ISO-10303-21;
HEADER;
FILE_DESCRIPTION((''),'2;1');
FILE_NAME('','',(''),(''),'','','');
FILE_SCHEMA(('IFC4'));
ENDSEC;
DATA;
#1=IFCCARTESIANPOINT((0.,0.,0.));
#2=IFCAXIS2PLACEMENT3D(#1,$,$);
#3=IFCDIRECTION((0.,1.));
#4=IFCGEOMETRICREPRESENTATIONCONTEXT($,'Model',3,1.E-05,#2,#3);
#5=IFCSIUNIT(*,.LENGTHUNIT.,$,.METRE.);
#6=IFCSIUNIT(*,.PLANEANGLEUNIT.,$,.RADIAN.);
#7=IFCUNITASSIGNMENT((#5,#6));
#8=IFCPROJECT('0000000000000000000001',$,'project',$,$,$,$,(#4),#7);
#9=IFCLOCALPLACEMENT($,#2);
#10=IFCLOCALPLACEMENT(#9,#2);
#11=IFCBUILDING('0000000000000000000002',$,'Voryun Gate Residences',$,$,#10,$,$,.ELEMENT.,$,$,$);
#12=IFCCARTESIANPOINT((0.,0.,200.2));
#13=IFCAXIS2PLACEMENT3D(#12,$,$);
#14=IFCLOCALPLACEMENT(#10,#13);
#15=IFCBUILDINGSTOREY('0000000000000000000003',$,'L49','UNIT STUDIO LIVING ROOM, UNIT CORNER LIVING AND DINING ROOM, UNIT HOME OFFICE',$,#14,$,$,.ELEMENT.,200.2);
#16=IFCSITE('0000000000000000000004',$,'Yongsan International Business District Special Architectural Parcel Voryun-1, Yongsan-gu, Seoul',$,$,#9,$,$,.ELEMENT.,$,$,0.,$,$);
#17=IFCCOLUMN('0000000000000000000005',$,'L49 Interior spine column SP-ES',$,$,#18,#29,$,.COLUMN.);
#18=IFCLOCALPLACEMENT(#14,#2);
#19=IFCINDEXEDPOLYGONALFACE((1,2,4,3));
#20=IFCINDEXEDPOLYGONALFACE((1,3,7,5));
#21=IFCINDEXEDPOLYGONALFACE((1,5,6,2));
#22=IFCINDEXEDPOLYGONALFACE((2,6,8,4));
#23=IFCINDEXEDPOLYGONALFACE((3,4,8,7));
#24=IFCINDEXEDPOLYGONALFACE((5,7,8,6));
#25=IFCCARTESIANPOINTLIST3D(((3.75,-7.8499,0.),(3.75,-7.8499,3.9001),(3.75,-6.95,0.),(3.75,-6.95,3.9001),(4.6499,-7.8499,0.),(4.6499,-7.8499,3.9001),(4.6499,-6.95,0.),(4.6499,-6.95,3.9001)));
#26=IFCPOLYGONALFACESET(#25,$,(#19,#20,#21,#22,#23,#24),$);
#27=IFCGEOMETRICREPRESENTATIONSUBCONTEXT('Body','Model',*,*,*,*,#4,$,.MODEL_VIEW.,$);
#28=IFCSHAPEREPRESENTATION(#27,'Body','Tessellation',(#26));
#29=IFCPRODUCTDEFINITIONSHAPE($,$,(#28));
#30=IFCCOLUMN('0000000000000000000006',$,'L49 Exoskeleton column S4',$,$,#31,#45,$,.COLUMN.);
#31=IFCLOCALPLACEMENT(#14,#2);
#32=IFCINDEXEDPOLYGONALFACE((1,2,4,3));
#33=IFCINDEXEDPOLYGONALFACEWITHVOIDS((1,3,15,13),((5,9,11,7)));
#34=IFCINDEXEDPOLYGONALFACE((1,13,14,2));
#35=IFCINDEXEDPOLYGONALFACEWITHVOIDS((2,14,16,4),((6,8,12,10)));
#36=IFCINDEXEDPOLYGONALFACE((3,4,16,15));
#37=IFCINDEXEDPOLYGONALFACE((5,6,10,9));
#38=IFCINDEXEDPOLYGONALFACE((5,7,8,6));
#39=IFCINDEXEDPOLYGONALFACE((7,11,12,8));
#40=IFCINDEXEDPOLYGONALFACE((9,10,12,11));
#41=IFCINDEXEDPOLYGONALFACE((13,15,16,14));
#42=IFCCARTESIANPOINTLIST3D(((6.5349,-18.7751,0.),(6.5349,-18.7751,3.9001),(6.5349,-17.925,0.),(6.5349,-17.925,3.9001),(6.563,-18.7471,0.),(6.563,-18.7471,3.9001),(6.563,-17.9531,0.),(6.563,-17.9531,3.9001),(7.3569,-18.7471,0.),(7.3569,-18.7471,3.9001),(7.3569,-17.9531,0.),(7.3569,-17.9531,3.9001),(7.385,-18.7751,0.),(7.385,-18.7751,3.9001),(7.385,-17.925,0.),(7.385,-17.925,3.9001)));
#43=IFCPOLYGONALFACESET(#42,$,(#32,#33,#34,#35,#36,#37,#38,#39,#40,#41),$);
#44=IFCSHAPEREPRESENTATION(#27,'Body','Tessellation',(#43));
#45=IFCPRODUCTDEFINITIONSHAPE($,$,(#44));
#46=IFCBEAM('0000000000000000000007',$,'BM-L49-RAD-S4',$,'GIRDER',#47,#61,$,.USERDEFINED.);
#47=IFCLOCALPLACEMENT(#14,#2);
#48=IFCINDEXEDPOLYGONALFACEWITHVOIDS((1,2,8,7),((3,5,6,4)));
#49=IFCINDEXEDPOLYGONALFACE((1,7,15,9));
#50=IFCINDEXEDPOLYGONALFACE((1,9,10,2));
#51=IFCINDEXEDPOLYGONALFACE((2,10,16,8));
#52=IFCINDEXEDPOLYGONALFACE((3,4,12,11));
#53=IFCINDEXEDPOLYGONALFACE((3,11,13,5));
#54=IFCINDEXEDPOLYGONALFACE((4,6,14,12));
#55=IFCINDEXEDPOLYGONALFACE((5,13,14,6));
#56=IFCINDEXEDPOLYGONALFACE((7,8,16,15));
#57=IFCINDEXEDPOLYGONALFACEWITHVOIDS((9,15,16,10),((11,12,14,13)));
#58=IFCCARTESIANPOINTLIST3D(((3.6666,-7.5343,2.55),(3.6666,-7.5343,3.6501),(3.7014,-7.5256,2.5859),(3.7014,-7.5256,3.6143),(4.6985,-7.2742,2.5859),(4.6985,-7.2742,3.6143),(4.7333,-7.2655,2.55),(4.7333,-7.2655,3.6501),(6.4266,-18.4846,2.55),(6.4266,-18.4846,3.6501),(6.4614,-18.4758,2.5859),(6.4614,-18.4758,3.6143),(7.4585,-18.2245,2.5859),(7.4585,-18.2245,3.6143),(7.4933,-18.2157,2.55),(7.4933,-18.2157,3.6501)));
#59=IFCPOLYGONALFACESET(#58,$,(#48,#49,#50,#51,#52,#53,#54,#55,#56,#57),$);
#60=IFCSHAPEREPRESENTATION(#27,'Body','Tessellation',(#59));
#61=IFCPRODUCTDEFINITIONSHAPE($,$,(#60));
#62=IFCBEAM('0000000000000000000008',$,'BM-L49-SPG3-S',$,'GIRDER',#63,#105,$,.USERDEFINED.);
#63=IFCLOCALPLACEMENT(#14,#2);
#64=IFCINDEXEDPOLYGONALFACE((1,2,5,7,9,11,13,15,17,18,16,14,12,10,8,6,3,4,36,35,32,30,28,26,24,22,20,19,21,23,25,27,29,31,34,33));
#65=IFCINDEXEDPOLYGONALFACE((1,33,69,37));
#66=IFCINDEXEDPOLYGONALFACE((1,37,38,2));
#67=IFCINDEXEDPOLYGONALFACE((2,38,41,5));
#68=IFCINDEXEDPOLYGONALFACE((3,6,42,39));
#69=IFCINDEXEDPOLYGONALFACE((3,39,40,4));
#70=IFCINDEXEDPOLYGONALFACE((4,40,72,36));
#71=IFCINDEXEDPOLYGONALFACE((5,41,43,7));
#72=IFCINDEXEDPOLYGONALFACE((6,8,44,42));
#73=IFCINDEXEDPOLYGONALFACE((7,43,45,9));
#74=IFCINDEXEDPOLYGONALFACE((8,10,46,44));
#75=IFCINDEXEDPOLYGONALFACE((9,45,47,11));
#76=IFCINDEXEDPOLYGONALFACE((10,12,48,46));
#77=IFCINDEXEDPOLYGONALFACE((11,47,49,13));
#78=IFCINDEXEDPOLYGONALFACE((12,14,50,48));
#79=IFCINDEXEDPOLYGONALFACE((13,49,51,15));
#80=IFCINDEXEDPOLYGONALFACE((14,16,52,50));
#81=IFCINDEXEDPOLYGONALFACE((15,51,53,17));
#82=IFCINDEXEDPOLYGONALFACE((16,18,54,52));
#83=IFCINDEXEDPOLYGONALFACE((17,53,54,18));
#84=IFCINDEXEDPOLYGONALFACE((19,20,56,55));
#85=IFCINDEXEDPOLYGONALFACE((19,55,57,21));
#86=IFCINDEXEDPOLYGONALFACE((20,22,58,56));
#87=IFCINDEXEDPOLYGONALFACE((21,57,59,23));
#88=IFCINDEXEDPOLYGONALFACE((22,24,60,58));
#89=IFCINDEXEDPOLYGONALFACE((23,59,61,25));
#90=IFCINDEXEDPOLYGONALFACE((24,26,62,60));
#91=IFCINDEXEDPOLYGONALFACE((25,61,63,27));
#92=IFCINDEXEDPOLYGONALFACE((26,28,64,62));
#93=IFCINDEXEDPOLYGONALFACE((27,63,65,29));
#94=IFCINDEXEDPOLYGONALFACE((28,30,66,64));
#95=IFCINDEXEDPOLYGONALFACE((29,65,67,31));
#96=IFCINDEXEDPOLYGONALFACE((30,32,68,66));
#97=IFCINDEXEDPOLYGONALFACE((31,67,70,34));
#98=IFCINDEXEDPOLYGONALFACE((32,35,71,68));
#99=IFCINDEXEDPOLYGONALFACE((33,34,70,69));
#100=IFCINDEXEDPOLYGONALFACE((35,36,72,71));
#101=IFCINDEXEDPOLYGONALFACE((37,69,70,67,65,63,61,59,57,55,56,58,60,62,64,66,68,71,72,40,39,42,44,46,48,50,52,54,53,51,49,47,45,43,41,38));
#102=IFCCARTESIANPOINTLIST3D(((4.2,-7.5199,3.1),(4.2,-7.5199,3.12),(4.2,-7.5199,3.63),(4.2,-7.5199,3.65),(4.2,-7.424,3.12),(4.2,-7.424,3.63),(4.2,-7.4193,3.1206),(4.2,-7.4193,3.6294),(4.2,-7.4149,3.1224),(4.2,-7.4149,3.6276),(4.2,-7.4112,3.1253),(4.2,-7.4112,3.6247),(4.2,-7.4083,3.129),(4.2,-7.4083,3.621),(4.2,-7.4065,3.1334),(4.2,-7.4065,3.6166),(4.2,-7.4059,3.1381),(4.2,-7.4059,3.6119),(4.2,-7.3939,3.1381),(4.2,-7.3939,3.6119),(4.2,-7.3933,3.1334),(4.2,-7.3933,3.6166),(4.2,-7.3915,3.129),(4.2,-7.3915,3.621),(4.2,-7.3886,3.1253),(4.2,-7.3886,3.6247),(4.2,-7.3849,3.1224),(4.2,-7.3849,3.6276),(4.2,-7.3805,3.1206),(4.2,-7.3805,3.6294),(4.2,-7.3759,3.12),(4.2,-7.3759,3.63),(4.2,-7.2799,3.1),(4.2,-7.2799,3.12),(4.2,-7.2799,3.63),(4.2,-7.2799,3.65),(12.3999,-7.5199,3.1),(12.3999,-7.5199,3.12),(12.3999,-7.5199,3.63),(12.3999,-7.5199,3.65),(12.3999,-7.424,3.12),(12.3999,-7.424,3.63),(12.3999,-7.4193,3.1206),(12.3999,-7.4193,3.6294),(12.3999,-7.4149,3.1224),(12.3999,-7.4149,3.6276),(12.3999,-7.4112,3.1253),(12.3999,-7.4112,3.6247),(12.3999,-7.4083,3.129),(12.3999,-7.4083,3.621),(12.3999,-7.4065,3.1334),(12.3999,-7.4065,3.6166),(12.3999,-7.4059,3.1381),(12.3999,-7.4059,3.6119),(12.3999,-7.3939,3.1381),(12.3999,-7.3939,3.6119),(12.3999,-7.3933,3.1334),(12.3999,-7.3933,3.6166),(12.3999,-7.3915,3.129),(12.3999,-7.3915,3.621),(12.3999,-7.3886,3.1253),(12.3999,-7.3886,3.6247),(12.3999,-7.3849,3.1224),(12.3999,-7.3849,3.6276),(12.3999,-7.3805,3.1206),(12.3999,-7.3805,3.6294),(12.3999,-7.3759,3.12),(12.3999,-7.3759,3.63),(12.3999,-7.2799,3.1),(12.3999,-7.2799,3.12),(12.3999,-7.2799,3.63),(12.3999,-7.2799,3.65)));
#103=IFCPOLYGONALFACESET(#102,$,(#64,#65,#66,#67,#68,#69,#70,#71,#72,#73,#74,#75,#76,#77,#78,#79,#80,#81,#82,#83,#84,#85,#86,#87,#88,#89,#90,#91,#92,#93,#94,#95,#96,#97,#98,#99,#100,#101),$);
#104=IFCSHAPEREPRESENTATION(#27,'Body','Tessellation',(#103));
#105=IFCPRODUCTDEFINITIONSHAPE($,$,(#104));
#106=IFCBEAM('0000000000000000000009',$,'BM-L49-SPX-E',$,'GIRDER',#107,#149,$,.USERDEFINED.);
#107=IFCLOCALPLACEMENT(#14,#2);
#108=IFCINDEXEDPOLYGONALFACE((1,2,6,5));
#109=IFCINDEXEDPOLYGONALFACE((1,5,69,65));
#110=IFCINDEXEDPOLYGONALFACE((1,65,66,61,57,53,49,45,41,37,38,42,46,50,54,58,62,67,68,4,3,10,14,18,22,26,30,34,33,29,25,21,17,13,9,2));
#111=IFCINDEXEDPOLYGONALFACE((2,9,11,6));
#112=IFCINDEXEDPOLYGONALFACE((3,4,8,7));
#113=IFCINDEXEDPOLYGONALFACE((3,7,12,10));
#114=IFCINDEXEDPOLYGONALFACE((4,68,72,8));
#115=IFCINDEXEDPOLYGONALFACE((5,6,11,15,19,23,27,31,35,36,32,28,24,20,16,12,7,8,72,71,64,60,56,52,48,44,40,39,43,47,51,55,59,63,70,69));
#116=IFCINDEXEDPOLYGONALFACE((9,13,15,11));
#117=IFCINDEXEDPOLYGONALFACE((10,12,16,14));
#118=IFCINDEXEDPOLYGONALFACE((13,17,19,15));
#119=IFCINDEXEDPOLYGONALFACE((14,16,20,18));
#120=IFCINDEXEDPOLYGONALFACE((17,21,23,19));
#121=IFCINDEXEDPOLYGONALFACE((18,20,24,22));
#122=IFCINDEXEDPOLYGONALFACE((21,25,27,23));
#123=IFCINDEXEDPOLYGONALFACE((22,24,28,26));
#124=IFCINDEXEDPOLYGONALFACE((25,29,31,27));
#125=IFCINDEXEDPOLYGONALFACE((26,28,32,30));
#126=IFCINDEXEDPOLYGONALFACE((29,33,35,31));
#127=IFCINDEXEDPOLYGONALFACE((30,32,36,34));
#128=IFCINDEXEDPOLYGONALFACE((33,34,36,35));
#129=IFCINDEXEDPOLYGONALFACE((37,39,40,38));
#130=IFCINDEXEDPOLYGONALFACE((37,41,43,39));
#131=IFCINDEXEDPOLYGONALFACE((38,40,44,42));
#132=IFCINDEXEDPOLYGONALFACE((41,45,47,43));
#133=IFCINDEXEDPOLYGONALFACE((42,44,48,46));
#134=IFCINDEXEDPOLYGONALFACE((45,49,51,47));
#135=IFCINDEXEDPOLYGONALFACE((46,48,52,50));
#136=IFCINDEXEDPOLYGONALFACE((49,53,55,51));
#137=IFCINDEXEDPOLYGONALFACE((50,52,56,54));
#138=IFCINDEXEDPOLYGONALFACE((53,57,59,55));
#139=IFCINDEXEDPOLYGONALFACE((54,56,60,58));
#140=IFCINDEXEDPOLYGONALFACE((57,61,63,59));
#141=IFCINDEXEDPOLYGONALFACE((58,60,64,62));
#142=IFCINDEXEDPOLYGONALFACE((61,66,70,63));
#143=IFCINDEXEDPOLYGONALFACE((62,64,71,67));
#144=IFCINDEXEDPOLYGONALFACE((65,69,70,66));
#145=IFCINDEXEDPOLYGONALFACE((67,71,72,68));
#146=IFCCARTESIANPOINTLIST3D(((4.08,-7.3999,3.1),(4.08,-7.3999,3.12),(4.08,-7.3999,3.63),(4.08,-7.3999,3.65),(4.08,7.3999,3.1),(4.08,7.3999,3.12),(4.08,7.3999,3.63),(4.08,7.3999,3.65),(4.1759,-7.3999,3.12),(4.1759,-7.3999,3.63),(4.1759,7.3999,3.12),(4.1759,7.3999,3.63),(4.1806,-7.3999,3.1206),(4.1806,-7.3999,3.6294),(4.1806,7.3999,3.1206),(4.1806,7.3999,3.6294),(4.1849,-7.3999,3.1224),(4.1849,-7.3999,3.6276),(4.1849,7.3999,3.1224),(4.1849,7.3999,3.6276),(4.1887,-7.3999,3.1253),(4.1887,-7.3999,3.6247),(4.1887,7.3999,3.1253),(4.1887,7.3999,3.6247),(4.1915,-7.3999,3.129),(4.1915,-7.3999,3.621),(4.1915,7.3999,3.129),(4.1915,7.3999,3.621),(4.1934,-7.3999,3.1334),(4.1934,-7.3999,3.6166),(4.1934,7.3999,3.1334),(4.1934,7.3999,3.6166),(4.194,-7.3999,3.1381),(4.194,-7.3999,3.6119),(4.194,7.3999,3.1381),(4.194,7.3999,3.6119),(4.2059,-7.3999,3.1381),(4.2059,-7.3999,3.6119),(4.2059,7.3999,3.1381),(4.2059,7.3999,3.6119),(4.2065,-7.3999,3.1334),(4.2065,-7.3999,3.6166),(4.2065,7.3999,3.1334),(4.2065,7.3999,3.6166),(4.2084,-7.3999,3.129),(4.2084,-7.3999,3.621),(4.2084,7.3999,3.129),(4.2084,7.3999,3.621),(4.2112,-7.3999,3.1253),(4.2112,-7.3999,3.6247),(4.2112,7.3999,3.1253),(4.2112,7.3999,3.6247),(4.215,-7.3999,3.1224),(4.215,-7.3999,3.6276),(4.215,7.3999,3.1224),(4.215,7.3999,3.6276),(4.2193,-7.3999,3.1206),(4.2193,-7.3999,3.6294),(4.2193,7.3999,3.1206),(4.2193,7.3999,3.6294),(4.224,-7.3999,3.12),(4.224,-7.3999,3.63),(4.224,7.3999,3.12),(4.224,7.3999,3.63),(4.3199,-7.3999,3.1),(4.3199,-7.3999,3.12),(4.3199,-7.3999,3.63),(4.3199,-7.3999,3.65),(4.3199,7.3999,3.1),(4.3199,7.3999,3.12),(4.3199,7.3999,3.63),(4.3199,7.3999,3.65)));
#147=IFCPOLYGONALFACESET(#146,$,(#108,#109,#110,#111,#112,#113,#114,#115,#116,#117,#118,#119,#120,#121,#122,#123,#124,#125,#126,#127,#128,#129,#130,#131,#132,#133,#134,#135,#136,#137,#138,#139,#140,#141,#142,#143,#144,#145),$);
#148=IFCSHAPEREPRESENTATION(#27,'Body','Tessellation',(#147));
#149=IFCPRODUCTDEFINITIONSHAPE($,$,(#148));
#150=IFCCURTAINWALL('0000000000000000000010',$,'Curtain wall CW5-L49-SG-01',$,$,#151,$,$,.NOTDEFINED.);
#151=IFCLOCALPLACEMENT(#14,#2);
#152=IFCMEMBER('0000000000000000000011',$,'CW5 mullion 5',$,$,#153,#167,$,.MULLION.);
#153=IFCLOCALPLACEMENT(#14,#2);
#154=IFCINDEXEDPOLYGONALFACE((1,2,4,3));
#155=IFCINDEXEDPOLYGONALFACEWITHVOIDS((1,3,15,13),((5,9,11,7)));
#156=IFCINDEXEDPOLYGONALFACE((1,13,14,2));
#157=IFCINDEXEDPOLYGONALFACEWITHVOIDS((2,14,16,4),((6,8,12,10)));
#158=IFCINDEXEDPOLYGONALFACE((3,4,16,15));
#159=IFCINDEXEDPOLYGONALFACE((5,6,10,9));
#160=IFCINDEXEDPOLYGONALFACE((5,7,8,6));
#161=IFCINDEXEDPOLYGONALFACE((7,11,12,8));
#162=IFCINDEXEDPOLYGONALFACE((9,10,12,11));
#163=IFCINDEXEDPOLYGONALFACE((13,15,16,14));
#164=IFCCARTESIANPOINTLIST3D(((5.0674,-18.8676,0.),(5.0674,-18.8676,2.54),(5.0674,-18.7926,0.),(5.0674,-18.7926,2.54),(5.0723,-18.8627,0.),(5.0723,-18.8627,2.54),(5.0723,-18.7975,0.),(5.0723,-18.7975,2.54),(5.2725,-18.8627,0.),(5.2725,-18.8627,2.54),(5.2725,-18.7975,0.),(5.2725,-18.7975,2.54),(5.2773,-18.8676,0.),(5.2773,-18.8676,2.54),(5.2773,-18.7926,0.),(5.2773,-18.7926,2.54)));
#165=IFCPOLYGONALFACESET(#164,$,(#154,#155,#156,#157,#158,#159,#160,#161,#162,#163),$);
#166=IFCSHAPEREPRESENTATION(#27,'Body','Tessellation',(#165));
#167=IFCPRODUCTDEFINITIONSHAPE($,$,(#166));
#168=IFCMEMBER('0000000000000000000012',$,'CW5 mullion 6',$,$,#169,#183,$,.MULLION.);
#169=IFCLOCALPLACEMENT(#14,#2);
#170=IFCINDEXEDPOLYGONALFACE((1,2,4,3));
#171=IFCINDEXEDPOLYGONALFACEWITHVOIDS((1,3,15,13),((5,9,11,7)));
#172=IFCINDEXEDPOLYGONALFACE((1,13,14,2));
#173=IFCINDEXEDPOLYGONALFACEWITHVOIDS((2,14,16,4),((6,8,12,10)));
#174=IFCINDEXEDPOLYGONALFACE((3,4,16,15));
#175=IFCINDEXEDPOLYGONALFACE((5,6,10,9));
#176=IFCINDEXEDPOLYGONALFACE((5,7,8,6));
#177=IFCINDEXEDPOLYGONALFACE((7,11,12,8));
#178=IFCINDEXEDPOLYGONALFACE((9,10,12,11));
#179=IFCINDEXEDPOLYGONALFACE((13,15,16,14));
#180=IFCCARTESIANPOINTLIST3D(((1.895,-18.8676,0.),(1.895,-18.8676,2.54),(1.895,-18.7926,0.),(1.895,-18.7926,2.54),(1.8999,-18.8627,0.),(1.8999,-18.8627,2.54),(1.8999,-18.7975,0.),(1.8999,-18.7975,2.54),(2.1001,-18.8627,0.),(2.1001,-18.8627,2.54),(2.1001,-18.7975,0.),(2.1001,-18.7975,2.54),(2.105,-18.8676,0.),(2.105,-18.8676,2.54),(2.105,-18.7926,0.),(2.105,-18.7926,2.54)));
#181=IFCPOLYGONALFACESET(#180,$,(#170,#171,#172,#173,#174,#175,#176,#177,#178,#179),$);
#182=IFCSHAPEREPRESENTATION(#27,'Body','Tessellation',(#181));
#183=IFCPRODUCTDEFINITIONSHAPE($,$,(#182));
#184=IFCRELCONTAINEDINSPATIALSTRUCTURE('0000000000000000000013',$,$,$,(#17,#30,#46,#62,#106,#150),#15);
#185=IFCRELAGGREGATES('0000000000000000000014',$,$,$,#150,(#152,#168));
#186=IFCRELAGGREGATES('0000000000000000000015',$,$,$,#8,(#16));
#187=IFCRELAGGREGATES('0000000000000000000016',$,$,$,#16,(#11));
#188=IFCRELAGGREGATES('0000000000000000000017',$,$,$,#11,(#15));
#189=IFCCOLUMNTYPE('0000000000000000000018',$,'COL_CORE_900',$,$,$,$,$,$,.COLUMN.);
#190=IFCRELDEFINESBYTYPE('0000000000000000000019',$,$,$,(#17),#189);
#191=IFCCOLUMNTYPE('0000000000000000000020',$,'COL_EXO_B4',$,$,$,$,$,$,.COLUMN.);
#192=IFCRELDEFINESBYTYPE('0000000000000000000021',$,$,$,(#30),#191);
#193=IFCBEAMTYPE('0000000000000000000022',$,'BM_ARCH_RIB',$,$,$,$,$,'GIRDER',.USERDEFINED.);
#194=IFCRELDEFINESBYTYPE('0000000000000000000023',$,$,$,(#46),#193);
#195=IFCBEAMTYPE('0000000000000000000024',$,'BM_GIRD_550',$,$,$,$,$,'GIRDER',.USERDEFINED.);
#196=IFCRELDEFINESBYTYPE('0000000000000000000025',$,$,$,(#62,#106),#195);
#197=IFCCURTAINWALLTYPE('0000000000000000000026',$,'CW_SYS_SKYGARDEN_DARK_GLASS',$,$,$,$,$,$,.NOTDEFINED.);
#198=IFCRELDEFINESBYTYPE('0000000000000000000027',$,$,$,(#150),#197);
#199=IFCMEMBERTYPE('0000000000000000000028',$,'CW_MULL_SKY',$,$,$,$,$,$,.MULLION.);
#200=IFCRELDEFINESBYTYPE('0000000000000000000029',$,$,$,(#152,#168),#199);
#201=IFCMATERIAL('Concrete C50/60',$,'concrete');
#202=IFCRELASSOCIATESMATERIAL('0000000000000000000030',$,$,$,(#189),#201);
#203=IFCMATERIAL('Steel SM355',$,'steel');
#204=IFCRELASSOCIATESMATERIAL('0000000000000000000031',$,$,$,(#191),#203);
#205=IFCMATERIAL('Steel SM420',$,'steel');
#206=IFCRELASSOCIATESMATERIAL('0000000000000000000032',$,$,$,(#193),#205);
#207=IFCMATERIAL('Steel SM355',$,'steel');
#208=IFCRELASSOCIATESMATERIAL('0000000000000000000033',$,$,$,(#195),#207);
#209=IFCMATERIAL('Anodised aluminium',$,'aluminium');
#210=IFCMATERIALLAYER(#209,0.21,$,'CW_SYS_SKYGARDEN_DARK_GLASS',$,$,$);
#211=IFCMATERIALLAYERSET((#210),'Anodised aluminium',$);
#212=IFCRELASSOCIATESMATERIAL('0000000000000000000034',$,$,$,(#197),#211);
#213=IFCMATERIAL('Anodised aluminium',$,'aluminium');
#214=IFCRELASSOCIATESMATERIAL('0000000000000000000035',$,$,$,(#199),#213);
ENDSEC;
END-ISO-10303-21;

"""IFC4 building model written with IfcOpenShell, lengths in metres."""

from ifc_helpers import new_model, si_unit, direction, frame, origin, origin_2d, place, context, subcontext, project, spatial, rectangle, hollow_rectangle, i_section, extrude, material, layer, layer_set, material_profile, profile_set, type_object, element, aggregate, save


model = new_model("IFC4")

# Units and contexts
model_context = context("Model", 3, precision=1e-05, world=origin(), true_north=direction((0.0, 1.0)))
body_context = subcontext(model_context, "Body", "Model", "MODEL_VIEW")
ifc_project = project(units=[si_unit("LENGTHUNIT", "METRE"), si_unit("PLANEANGLEUNIT", "RADIAN")], contexts=[model_context])

# Site, building, storey
site_placement = place(None, origin())
site = spatial("IfcSite", under=ifc_project, at=site_placement, Name="Yongsan International Business District Special Architectural Parcel Voryun-1, Yongsan-gu, Seoul", CompositionType="ELEMENT", RefElevation=0.0)
building_placement = place(site_placement, origin())
building = spatial("IfcBuilding", under=site, at=building_placement, Name="Voryun Gate Residences", CompositionType="ELEMENT")
storey_placement = place(building_placement, frame((0.0, 0.0, 200.2)))
storey = spatial("IfcBuildingStorey", under=building, at=storey_placement, Name="L49", Description="UNIT STUDIO LIVING ROOM, UNIT CORNER LIVING AND DINING ROOM, UNIT HOME OFFICE", CompositionType="ELEMENT", Elevation=200.2)

# Columns
ifc_material_1 = material(Name="Concrete C50/60", Category="concrete")
ifc_material_profile_1 = material_profile(ifc_material_1, rectangle(XDim=0.8999, YDim=0.8999, at=origin_2d()), Name="RC-900x900")
ifc_profile_set_1 = profile_set([ifc_material_profile_1], Name="Concrete C50/60")
column_type_1 = type_object("IfcColumnType", Name="COL_CORE_900", PredefinedType="COLUMN", material=ifc_profile_set_1)
column_1_placement = place(storey_placement, frame((4.2, -7.3999, 0.0), z_axis=(0.0, 0.0, 1.0), x_axis=(1.0, 0.0, 0.0)))
element("IfcColumn", 1, at=column_1_placement, inside=storey, type_object=column_type_1, Name="L49 Interior spine column SP-ES", PredefinedType="COLUMN", context=body_context, shape_type="SweptSolid", body=[
    extrude(rectangle(XDim=0.8999, YDim=0.8999, at=origin_2d()), origin(), (0.0, 0.0, 1.0), 3.9001),
])
ifc_material_2 = material(Name="Steel SM355", Category="steel")
ifc_material_profile_2 = material_profile(ifc_material_2, hollow_rectangle(XDim=0.8501, YDim=0.8501, WallThickness=0.0281, at=origin_2d()), Name="BOX-850x850x28")
ifc_profile_set_2 = profile_set([ifc_material_profile_2], Name="Steel SM355")
column_type_2 = type_object("IfcColumnType", Name="COL_EXO_B4", PredefinedType="COLUMN", material=ifc_profile_set_2)
column_2_placement = place(storey_placement, frame((6.96, -18.3501, 0.0), z_axis=(0.0, 0.0, 1.0), x_axis=(1.0, 0.0, 0.0)))
element("IfcColumn", 2, at=column_2_placement, inside=storey, type_object=column_type_2, Name="L49 Exoskeleton column S4", PredefinedType="COLUMN", context=body_context, shape_type="SweptSolid", body=[
    extrude(hollow_rectangle(XDim=0.8501, YDim=0.8501, WallThickness=0.0281, at=origin_2d()), origin(), (0.0, 0.0, 1.0), 3.9001),
])

# Beams
ifc_material_3 = material(Name="Steel SM420", Category="steel")
ifc_material_profile_3 = material_profile(ifc_material_3, hollow_rectangle(XDim=1.1001, YDim=1.1001, WallThickness=0.0359, at=origin_2d()), Name="BOX-1100x1100x36")
ifc_profile_set_3 = profile_set([ifc_material_profile_3], Name="Steel SM420")
beam_type_1 = type_object("IfcBeamType", Name="BM_ARCH_RIB", ElementType="GIRDER", PredefinedType="USERDEFINED", material=ifc_profile_set_3)
beam_1_placement = place(storey_placement, frame((4.2, -7.3999, 3.1001), z_axis=(0.244407, -0.969673, 0.0), x_axis=(0.969673, 0.244407, 0.0)))
element("IfcBeam", 3, at=beam_1_placement, inside=storey, type_object=beam_type_1, Name="BM-L49-RAD-S4", ObjectType="GIRDER", PredefinedType="USERDEFINED", context=body_context, shape_type="SweptSolid", body=[
    extrude(hollow_rectangle(XDim=1.1001, YDim=1.1001, WallThickness=0.0359, at=origin_2d()), origin(), (0.0, 0.0, 1.0), 11.2927),
])
ifc_material_4 = material(Name="Steel SM355", Category="steel")
ifc_material_profile_4 = material_profile(ifc_material_4, i_section(OverallWidth=0.24, OverallDepth=0.55, WebThickness=0.012, FlangeThickness=0.02, FilletRadius=0.0181, at=origin_2d()), Name="H-550x240x12x20")
ifc_profile_set_4 = profile_set([ifc_material_profile_4], Name="Steel SM355")
beam_type_2 = type_object("IfcBeamType", Name="BM_GIRD_550", ElementType="GIRDER", PredefinedType="USERDEFINED", material=ifc_profile_set_4)
beam_2_placement = place(storey_placement, frame((4.2, -7.3999, 3.375), z_axis=(1.0, 0.0, 0.0), x_axis=(0.0, 1.0, 0.0)))
element("IfcBeam", 4, at=beam_2_placement, inside=storey, type_object=beam_type_2, Name="BM-L49-SPG3-S", ObjectType="GIRDER", PredefinedType="USERDEFINED", context=body_context, shape_type="SweptSolid", body=[
    extrude(i_section(OverallWidth=0.24, OverallDepth=0.55, WebThickness=0.012, FlangeThickness=0.02, FilletRadius=0.0181, at=origin_2d()), origin(), (0.0, 0.0, 1.0), 8.2),
])
beam_3_placement = place(storey_placement, frame((4.2, -7.3999, 3.375), z_axis=(0.0, 1.0, 0.0), x_axis=(-1.0, 0.0, 0.0)))
element("IfcBeam", 5, at=beam_3_placement, inside=storey, type_object=beam_type_2, Name="BM-L49-SPX-E", ObjectType="GIRDER", PredefinedType="USERDEFINED", context=body_context, shape_type="SweptSolid", body=[
    extrude(i_section(OverallWidth=0.24, OverallDepth=0.55, WebThickness=0.012, FlangeThickness=0.02, FilletRadius=0.0181, at=origin_2d()), origin(), (0.0, 0.0, 1.0), 14.7998),
])

# Curtain wall, members
ifc_material_5 = material(Name="Anodised aluminium", Category="aluminium")
ifc_layer_1 = layer(ifc_material_5, 0.21, Name="CW_SYS_SKYGARDEN_DARK_GLASS")
ifc_layer_set_1 = layer_set([ifc_layer_1], Name="Anodised aluminium")
curtain_wall_type = type_object("IfcCurtainWallType", Name="CW_SYS_SKYGARDEN_DARK_GLASS", PredefinedType="NOTDEFINED", material=ifc_layer_set_1)
curtain_wall_placement = place(storey_placement, origin())
curtain_wall = element("IfcCurtainWall", 6, at=curtain_wall_placement, inside=storey, type_object=curtain_wall_type, Name="Curtain wall CW5-L49-SG-01", PredefinedType="NOTDEFINED")
ifc_material_6 = material(Name="Anodised aluminium", Category="aluminium")
ifc_material_profile_5 = material_profile(ifc_material_6, hollow_rectangle(XDim=0.075, YDim=0.21, WallThickness=0.0049, at=origin_2d()), Name="ALU-MULL-210x75x5")
ifc_profile_set_5 = profile_set([ifc_material_profile_5], Name="Anodised aluminium")
member_type_1 = type_object("IfcMemberType", Name="CW_MULL_SKY", PredefinedType="MULLION", material=ifc_profile_set_5)
member_1_placement = place(storey_placement, frame((5.1724, -18.8301, 0.0), z_axis=(0.0, 0.0, 1.0), x_axis=(0.0, -1.0, 0.0)))
member_1 = element("IfcMember", 7, at=member_1_placement, type_object=member_type_1, Name="CW5 mullion 5", PredefinedType="MULLION", context=body_context, shape_type="SweptSolid", body=[
    extrude(hollow_rectangle(XDim=0.075, YDim=0.21, WallThickness=0.0049, at=origin_2d()), origin(), (0.0, 0.0, 1.0), 2.54),
])
member_2_placement = place(storey_placement, frame((2.0, -18.8301, 0.0), z_axis=(0.0, 0.0, 1.0), x_axis=(0.0, -1.0, 0.0)))
member_2 = element("IfcMember", 8, at=member_2_placement, type_object=member_type_1, Name="CW5 mullion 6", PredefinedType="MULLION", context=body_context, shape_type="SweptSolid", body=[
    extrude(hollow_rectangle(XDim=0.075, YDim=0.21, WallThickness=0.0049, at=origin_2d()), origin(), (0.0, 0.0, 1.0), 2.54),
])

aggregate(curtain_wall, [member_1, member_2])

save(model, "model.ifc")
